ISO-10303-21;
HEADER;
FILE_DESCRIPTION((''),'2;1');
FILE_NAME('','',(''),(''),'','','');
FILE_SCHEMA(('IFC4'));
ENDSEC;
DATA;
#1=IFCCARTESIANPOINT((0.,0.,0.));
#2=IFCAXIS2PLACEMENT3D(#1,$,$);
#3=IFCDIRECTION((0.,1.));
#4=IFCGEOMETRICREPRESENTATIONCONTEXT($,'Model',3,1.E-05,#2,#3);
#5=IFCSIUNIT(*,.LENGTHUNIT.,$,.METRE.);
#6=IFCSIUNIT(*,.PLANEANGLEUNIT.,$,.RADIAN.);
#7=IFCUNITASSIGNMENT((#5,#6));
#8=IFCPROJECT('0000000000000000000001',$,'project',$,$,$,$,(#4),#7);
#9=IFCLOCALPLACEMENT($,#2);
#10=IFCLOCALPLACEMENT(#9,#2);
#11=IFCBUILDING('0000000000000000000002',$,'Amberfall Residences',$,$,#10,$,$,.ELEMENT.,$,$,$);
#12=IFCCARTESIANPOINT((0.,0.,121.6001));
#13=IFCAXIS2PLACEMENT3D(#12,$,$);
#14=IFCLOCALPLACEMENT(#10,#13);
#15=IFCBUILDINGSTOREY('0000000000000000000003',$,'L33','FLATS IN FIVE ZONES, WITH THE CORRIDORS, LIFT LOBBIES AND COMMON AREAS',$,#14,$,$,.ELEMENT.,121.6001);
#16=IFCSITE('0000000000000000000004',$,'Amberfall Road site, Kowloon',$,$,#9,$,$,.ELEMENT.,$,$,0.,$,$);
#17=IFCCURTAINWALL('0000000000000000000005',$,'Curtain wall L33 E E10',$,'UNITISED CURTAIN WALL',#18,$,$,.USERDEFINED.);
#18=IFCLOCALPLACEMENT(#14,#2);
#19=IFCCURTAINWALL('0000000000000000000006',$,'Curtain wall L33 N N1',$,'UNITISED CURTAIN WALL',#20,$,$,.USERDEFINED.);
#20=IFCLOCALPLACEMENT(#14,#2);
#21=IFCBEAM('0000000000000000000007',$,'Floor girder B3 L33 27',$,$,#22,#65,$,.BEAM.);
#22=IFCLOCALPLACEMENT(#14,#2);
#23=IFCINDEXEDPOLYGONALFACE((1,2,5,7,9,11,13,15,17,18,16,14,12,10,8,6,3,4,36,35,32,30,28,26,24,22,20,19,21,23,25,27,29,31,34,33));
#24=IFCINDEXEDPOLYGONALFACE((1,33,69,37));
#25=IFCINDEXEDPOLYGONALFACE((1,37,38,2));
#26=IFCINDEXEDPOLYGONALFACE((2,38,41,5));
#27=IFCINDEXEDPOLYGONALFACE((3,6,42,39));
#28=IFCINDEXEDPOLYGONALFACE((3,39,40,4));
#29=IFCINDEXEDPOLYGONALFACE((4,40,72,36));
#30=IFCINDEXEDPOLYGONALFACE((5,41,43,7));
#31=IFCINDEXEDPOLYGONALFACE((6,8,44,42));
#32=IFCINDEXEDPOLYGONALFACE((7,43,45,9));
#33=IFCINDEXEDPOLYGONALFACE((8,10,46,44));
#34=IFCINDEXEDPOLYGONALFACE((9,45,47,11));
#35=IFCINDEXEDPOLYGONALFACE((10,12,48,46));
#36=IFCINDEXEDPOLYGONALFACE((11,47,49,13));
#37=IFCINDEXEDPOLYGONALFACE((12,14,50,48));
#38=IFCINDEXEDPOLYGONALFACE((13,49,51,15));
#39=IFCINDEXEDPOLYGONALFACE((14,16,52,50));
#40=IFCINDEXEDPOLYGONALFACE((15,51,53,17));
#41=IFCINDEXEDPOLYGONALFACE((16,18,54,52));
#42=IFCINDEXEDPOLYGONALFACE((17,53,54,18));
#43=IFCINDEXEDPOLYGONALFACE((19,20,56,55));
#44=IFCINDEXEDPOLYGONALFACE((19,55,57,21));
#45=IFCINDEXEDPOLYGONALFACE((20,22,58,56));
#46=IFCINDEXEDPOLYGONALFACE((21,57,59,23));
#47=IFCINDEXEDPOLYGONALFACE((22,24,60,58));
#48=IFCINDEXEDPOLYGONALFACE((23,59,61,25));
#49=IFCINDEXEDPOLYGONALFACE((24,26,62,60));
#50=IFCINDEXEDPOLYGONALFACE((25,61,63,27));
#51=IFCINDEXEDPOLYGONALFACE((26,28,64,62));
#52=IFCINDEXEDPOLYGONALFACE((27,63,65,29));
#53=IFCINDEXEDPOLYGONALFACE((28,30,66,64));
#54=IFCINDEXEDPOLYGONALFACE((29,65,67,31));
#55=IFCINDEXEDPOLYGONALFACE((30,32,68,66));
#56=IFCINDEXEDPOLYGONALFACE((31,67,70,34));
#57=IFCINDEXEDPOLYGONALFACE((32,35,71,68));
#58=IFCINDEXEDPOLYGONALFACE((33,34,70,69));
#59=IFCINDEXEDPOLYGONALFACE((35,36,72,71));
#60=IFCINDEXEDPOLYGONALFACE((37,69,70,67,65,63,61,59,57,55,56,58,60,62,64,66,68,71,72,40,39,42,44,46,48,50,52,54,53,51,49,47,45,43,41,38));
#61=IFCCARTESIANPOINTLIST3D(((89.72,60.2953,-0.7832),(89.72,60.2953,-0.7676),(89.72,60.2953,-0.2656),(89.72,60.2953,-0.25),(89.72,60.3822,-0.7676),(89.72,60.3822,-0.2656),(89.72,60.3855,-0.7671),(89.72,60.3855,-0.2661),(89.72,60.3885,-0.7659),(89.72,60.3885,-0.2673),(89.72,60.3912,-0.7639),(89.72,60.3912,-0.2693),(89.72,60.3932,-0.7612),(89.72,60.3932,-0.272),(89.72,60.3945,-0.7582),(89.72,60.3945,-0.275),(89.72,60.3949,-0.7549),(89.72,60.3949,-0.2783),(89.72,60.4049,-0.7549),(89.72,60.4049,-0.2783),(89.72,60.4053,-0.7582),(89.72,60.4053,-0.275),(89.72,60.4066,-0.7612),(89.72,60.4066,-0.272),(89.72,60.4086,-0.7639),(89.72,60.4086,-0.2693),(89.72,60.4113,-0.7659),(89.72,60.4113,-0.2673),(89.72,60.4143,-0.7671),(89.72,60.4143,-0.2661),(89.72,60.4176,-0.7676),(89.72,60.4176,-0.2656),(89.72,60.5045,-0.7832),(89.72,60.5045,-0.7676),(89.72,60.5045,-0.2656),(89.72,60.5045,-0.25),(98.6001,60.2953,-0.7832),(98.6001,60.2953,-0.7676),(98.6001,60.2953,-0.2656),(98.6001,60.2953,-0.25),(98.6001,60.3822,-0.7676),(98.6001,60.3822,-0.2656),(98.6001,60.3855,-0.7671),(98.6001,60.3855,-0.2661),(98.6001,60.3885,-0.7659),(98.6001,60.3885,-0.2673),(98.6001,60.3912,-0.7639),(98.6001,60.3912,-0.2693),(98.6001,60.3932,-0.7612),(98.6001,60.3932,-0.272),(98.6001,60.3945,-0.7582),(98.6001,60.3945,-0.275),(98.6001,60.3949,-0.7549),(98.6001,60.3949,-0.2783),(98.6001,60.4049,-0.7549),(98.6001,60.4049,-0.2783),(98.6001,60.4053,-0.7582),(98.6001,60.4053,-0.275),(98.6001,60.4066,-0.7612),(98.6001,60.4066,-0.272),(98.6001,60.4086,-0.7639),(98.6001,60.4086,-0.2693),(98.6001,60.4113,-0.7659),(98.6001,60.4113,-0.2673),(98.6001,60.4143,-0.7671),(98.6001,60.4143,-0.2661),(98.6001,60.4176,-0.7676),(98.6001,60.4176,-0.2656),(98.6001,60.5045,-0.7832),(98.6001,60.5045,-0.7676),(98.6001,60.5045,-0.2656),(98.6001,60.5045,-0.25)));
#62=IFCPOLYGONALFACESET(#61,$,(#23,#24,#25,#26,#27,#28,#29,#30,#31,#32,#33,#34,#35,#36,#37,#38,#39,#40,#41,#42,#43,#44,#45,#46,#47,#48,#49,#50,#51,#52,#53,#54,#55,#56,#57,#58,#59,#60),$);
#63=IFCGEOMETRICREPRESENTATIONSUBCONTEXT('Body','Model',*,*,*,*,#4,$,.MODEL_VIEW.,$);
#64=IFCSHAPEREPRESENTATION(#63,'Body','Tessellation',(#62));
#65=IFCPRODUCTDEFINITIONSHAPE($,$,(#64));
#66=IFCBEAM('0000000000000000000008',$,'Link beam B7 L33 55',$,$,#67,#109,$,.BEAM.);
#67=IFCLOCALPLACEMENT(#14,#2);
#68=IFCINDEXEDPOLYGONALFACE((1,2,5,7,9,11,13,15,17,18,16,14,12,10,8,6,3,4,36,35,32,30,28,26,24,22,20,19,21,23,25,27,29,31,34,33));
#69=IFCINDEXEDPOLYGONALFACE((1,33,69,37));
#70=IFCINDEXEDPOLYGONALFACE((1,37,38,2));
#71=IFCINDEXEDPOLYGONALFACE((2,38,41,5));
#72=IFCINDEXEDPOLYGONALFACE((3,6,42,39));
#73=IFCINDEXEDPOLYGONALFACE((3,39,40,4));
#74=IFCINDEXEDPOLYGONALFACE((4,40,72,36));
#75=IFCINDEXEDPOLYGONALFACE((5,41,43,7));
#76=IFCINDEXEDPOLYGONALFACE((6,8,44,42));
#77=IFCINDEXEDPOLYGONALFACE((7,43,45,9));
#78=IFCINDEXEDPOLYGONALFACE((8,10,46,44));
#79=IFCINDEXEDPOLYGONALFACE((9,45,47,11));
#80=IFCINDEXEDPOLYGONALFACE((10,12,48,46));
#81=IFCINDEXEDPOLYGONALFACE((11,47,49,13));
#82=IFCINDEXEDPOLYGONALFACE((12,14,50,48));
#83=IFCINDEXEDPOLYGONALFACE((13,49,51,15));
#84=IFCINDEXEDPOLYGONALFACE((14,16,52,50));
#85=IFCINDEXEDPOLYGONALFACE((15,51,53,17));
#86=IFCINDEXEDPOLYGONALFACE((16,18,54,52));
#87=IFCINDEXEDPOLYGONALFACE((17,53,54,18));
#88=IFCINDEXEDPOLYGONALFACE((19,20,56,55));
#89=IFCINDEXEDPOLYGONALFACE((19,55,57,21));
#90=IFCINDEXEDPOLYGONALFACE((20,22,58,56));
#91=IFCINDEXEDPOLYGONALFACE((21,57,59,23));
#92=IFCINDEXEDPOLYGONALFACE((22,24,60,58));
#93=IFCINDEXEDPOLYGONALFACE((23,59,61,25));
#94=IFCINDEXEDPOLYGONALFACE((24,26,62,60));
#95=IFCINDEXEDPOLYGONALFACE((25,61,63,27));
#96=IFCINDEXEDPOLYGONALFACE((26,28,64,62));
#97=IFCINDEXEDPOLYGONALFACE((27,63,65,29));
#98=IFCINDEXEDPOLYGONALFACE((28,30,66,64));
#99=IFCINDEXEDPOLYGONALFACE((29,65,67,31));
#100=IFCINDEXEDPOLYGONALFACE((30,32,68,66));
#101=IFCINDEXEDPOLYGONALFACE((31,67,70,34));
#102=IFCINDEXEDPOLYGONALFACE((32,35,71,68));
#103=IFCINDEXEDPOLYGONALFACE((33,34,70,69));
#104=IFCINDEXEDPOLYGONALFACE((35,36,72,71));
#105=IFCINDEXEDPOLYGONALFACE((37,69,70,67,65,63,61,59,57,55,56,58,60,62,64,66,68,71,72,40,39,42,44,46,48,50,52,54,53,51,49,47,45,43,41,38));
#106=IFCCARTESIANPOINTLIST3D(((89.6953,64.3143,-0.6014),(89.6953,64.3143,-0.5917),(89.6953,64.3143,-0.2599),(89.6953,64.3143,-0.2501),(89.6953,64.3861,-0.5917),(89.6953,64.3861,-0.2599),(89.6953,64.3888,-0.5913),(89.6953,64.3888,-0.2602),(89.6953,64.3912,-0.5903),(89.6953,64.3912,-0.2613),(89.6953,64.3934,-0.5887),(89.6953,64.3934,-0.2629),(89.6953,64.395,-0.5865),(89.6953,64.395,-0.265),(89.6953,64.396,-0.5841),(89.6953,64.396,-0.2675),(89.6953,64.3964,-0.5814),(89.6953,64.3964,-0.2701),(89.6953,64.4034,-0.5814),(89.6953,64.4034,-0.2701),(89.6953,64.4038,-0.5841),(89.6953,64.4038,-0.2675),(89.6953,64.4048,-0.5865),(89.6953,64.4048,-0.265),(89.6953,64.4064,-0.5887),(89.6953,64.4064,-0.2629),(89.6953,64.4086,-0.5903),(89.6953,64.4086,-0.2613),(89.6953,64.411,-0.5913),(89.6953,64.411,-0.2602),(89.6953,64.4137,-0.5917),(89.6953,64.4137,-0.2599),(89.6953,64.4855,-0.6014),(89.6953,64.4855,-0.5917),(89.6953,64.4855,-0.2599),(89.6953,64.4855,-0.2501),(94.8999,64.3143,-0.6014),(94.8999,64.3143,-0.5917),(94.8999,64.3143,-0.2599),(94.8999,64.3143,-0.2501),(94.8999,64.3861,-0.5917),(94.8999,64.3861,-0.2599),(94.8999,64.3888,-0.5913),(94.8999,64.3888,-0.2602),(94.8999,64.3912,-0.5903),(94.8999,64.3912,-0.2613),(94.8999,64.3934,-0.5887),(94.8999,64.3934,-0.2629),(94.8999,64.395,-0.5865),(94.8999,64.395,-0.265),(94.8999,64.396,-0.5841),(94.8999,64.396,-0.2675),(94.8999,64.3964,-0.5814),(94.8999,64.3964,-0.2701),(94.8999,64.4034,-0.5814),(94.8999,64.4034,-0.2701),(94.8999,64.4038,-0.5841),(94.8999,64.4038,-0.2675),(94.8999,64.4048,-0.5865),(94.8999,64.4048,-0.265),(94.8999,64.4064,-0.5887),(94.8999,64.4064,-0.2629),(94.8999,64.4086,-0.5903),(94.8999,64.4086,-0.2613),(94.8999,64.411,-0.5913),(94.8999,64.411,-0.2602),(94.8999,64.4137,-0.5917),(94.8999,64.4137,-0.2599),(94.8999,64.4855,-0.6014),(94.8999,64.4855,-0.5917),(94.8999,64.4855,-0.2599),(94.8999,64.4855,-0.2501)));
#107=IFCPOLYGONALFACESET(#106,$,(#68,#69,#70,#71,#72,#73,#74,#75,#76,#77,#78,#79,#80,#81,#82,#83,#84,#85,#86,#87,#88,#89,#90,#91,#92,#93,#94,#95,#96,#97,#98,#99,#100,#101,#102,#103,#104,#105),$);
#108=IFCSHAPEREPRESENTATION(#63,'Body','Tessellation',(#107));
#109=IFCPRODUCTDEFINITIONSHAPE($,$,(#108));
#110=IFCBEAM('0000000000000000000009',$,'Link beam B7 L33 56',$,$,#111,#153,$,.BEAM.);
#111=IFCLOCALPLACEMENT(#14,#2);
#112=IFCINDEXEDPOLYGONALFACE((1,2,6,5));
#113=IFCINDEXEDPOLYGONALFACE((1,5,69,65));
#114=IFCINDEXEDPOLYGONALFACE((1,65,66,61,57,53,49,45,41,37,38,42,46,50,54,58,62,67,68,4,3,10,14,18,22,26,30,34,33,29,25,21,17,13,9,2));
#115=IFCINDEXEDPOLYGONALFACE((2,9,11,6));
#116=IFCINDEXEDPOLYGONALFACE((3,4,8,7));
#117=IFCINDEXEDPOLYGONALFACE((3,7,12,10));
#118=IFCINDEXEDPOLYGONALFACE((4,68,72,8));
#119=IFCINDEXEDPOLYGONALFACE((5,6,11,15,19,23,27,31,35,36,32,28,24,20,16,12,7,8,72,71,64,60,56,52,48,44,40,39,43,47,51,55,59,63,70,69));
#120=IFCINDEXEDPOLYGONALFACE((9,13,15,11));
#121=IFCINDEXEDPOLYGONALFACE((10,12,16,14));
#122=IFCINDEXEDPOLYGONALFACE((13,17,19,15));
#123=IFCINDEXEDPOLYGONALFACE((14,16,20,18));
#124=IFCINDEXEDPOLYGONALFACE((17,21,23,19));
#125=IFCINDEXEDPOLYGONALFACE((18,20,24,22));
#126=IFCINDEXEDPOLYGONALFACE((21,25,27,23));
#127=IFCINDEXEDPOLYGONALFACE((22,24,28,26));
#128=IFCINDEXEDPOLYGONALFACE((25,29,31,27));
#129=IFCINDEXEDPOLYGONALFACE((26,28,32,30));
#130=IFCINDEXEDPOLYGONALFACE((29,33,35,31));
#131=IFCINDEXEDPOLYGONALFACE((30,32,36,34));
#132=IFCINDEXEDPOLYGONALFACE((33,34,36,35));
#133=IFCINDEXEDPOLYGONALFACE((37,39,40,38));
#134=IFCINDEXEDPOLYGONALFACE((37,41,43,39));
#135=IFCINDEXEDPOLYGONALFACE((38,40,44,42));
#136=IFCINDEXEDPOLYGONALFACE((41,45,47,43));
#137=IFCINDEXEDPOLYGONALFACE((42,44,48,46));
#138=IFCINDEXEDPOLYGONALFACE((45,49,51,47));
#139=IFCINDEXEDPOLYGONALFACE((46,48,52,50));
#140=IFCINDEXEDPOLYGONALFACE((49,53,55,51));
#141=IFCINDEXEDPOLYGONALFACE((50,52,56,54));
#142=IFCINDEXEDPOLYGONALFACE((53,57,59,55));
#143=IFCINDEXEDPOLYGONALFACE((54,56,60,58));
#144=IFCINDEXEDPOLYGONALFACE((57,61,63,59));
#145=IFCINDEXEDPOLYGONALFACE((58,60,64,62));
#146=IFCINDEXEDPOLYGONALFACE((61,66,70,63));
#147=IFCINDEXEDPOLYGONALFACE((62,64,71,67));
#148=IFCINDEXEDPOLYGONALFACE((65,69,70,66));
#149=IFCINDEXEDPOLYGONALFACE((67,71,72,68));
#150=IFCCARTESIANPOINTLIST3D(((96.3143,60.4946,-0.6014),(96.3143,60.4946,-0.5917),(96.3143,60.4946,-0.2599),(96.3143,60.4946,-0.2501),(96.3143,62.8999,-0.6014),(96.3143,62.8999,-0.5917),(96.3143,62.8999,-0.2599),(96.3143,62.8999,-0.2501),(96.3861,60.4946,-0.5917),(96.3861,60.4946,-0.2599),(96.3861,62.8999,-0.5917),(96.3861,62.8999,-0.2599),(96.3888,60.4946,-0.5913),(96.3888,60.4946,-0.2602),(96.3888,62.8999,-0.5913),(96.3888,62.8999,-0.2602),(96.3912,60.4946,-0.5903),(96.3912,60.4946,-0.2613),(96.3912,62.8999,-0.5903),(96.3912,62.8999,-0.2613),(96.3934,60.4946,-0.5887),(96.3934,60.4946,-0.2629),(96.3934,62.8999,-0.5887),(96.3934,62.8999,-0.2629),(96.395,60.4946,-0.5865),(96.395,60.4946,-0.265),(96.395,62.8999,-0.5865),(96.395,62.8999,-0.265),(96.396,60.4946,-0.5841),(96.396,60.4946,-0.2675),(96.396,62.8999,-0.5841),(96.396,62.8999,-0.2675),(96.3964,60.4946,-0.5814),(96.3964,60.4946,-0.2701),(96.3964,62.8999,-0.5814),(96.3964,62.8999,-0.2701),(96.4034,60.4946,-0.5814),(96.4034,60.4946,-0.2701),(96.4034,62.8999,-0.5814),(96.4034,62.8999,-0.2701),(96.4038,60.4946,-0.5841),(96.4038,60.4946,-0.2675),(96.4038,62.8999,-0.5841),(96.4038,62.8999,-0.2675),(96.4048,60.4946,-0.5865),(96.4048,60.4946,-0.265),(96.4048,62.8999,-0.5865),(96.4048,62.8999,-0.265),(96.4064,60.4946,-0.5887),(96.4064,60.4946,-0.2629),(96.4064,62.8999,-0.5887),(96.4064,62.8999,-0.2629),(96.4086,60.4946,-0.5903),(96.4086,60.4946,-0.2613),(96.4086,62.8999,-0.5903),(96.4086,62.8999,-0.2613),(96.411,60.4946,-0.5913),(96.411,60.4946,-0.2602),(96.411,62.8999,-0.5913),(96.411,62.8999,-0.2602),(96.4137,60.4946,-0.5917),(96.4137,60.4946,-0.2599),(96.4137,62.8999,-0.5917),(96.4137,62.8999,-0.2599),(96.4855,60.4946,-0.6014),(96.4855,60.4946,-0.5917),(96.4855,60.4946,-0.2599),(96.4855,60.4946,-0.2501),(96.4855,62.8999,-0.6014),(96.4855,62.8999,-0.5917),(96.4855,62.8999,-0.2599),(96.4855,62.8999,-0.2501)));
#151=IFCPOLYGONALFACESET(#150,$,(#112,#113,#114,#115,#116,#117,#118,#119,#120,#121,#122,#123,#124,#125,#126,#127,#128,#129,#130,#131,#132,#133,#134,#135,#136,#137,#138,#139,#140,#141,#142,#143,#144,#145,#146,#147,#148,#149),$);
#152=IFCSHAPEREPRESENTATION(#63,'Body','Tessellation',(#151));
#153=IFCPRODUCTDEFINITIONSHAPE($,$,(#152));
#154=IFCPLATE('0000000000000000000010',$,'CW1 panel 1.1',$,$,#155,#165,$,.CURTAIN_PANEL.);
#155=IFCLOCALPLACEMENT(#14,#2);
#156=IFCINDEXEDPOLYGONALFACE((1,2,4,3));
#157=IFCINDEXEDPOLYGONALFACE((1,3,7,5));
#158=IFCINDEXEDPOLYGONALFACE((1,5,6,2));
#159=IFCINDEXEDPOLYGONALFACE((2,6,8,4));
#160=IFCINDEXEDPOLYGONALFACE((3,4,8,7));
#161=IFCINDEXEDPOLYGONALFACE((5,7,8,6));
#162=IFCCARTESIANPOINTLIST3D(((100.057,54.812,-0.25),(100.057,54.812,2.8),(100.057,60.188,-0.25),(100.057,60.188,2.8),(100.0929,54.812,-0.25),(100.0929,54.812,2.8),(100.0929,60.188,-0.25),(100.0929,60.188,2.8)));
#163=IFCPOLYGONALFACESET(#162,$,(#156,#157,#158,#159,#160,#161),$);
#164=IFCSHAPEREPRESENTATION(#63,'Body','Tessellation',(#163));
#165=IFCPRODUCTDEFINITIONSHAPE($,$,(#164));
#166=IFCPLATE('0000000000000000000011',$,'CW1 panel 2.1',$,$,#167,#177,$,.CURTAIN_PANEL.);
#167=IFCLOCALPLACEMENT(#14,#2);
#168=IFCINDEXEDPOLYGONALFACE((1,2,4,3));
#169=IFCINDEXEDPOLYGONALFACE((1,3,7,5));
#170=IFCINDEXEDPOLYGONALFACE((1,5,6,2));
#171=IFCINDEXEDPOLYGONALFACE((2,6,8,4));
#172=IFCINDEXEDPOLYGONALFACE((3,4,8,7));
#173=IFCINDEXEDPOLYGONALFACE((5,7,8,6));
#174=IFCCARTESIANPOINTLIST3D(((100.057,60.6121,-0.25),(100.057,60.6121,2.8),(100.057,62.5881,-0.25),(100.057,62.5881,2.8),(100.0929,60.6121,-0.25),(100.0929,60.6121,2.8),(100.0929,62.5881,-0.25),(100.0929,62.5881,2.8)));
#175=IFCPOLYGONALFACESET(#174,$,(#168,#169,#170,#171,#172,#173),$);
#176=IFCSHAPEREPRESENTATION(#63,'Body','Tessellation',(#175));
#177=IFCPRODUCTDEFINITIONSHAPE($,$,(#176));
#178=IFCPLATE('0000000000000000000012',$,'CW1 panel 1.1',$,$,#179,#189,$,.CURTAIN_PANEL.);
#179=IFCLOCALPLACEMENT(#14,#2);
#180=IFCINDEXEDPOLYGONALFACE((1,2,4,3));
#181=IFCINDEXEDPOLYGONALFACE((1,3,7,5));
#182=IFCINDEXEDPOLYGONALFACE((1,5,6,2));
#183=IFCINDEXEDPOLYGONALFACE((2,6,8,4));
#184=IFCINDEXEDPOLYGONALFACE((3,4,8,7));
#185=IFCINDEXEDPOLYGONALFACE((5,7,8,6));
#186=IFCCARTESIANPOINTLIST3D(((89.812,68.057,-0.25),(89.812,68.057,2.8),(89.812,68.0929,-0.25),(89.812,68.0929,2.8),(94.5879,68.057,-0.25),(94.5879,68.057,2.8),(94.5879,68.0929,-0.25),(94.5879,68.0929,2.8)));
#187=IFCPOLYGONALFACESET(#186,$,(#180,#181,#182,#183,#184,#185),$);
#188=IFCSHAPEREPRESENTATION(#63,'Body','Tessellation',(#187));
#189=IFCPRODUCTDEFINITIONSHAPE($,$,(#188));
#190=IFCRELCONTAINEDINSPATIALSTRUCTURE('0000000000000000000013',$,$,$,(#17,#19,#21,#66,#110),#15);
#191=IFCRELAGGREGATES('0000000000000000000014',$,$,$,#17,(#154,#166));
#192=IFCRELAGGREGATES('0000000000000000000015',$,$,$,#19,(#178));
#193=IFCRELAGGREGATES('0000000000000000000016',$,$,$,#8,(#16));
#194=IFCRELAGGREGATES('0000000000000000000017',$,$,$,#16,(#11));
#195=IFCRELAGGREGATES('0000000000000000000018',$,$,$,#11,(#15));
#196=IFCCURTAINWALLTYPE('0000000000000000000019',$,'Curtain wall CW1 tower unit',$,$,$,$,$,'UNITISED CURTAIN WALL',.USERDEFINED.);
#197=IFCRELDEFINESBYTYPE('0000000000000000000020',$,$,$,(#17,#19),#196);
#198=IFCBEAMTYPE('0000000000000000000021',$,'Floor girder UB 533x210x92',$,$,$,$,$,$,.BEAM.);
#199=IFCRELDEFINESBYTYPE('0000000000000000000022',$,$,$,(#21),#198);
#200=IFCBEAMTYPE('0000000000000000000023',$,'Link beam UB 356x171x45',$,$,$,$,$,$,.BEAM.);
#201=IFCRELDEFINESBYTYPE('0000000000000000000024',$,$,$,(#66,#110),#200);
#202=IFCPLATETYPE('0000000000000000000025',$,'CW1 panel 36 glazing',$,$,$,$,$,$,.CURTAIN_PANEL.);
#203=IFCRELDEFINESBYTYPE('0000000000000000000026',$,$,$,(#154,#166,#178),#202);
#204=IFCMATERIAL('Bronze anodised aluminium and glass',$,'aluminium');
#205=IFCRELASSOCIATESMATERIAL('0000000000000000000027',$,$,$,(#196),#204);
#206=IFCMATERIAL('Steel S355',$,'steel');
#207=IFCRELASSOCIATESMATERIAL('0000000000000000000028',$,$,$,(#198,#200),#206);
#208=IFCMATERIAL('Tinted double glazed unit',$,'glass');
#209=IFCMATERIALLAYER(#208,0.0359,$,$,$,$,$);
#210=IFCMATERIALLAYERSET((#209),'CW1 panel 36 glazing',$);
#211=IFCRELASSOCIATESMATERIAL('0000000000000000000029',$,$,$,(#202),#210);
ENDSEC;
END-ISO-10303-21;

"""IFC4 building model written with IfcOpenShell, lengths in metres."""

from ifc_helpers import new_model, si_unit, direction, frame, origin, origin_2d, place, context, subcontext, project, spatial, rectangle, i_section, extrude, material, layer, layer_set, material_profile, profile_set, type_object, element, aggregate, save


model = new_model("IFC4")

# Units and contexts
model_context = context("Model", 3, precision=1e-05, world=origin(), true_north=direction((0.0, 1.0)))
body_context = subcontext(model_context, "Body", "Model", "MODEL_VIEW")
ifc_project = project(units=[si_unit("LENGTHUNIT", "METRE"), si_unit("PLANEANGLEUNIT", "RADIAN")], contexts=[model_context])

# Site, building, storey
site_placement = place(None, origin())
site = spatial("IfcSite", under=ifc_project, at=site_placement, Name="Amberfall Road site, Kowloon", CompositionType="ELEMENT", RefElevation=0.0)
building_placement = place(site_placement, origin())
building = spatial("IfcBuilding", under=site, at=building_placement, Name="Amberfall Residences", CompositionType="ELEMENT")
storey_placement = place(building_placement, frame((0.0, 0.0, 121.6001)))
storey = spatial("IfcBuildingStorey", under=building, at=storey_placement, Name="L33", Description="FLATS IN FIVE ZONES, WITH THE CORRIDORS, LIFT LOBBIES AND COMMON AREAS", CompositionType="ELEMENT", Elevation=121.6001)

# Curtain wall
ifc_material_1 = material(Name="Bronze anodised aluminium and glass", Category="aluminium")
curtain_wall_type = type_object("IfcCurtainWallType", Name="Curtain wall CW1 tower unit", ElementType="UNITISED CURTAIN WALL", PredefinedType="USERDEFINED", material=ifc_material_1)
curtain_wall_1_placement = place(storey_placement, origin())
curtain_wall_1 = element("IfcCurtainWall", 1, at=curtain_wall_1_placement, inside=storey, type_object=curtain_wall_type, Name="Curtain wall L33 E E10", ObjectType="UNITISED CURTAIN WALL", PredefinedType="USERDEFINED")

# Curtain wall
curtain_wall_2_placement = place(storey_placement, origin())
curtain_wall_2 = element("IfcCurtainWall", 2, at=curtain_wall_2_placement, inside=storey, type_object=curtain_wall_type, Name="Curtain wall L33 N N1", ObjectType="UNITISED CURTAIN WALL", PredefinedType="USERDEFINED")

# Beams
ifc_material_2 = material(Name="Steel S355", Category="steel")
ifc_material_profile_1 = material_profile(ifc_material_2, i_section(OverallWidth=0.2092, OverallDepth=0.5332, WebThickness=0.01, FlangeThickness=0.0156, FilletRadius=0.0127, at=origin_2d()), Name="UB 533x210x92")
ifc_profile_set_1 = profile_set([ifc_material_profile_1], Name="Steel S355")
beam_type_1 = type_object("IfcBeamType", Name="Floor girder UB 533x210x92", PredefinedType="BEAM", material=ifc_profile_set_1)
beam_1_placement = place(storey_placement, frame((98.6001, 60.3999, -0.5166), z_axis=(-1.0, 0.0, 0.0), x_axis=(0.0, -1.0, 0.0)))
element("IfcBeam", 3, at=beam_1_placement, inside=storey, type_object=beam_type_1, Name="Floor girder B3 L33 27", PredefinedType="BEAM", context=body_context, shape_type="SweptSolid", body=[
    extrude(i_section(OverallWidth=0.2092, OverallDepth=0.5332, WebThickness=0.01, FlangeThickness=0.0156, FilletRadius=0.0127, at=origin_2d()), origin(), (0.0, 0.0, 1.0), 8.8801),
])
ifc_material_profile_2 = material_profile(ifc_material_2, i_section(OverallWidth=0.1711, OverallDepth=0.3513, WebThickness=0.0071, FlangeThickness=0.0098, FilletRadius=0.0103, at=origin_2d()), Name="UB 356x171x45")
ifc_profile_set_2 = profile_set([ifc_material_profile_2], Name="Steel S355")
beam_type_2 = type_object("IfcBeamType", Name="Link beam UB 356x171x45", PredefinedType="BEAM", material=ifc_profile_set_2)
beam_2_placement = place(storey_placement, frame((94.8999, 64.3999, -0.4258), z_axis=(-1.0, 0.0, 0.0), x_axis=(0.0, -1.0, 0.0)))
element("IfcBeam", 4, at=beam_2_placement, inside=storey, type_object=beam_type_2, Name="Link beam B7 L33 55", PredefinedType="BEAM", context=body_context, shape_type="SweptSolid", body=[
    extrude(i_section(OverallWidth=0.1711, OverallDepth=0.3513, WebThickness=0.0071, FlangeThickness=0.0098, FilletRadius=0.0103, at=origin_2d()), origin(), (0.0, 0.0, 1.0), 5.2046),
])
beam_3_placement = place(storey_placement, frame((96.3999, 62.8999, -0.4258), z_axis=(0.0, -1.0, 0.0), x_axis=(1.0, 0.0, 0.0)))
element("IfcBeam", 5, at=beam_3_placement, inside=storey, type_object=beam_type_2, Name="Link beam B7 L33 56", PredefinedType="BEAM", context=body_context, shape_type="SweptSolid", body=[
    extrude(i_section(OverallWidth=0.1711, OverallDepth=0.3513, WebThickness=0.0071, FlangeThickness=0.0098, FilletRadius=0.0103, at=origin_2d()), origin(), (0.0, 0.0, 1.0), 2.4053),
])

# Plates
ifc_material_3 = material(Name="Tinted double glazed unit", Category="glass")
ifc_layer_1 = layer(ifc_material_3, 0.0359)
ifc_layer_set_1 = layer_set([ifc_layer_1], Name="CW1 panel 36 glazing")
plate_type = type_object("IfcPlateType", Name="CW1 panel 36 glazing", PredefinedType="CURTAIN_PANEL", material=ifc_layer_set_1)
plate_1_placement = place(storey_placement, frame((100.075, 57.5, -0.25), z_axis=(0.0, 0.0, 1.0), x_axis=(0.0, 1.0, 0.0)))
plate_1 = element("IfcPlate", 6, at=plate_1_placement, type_object=plate_type, Name="CW1 panel 1.1", PredefinedType="CURTAIN_PANEL", context=body_context, shape_type="SweptSolid", body=[
    extrude(rectangle(XDim=5.376, YDim=0.0359, at=origin_2d()), origin(), (0.0, 0.0, 1.0), 3.05),
])
plate_2_placement = place(storey_placement, frame((100.075, 61.6001, -0.25), z_axis=(0.0, 0.0, 1.0), x_axis=(0.0, 1.0, 0.0)))
plate_2 = element("IfcPlate", 7, at=plate_2_placement, type_object=plate_type, Name="CW1 panel 2.1", PredefinedType="CURTAIN_PANEL", context=body_context, shape_type="SweptSolid", body=[
    extrude(rectangle(XDim=1.9761, YDim=0.0359, at=origin_2d()), origin(), (0.0, 0.0, 1.0), 3.05),
])
aggregate(curtain_wall_1, [plate_1, plate_2])
plate_3_placement = place(storey_placement, frame((92.2, 68.075, -0.25), z_axis=(0.0, 0.0, 1.0), x_axis=(-1.0, 0.0, 0.0)))
plate_3 = element("IfcPlate", 8, at=plate_3_placement, type_object=plate_type, Name="CW1 panel 1.1", PredefinedType="CURTAIN_PANEL", context=body_context, shape_type="SweptSolid", body=[
    extrude(rectangle(XDim=4.7759, YDim=0.0359, at=origin_2d()), origin(), (0.0, 0.0, 1.0), 3.05),
])
aggregate(curtain_wall_2, [plate_3])

save(model, "model.ifc")
